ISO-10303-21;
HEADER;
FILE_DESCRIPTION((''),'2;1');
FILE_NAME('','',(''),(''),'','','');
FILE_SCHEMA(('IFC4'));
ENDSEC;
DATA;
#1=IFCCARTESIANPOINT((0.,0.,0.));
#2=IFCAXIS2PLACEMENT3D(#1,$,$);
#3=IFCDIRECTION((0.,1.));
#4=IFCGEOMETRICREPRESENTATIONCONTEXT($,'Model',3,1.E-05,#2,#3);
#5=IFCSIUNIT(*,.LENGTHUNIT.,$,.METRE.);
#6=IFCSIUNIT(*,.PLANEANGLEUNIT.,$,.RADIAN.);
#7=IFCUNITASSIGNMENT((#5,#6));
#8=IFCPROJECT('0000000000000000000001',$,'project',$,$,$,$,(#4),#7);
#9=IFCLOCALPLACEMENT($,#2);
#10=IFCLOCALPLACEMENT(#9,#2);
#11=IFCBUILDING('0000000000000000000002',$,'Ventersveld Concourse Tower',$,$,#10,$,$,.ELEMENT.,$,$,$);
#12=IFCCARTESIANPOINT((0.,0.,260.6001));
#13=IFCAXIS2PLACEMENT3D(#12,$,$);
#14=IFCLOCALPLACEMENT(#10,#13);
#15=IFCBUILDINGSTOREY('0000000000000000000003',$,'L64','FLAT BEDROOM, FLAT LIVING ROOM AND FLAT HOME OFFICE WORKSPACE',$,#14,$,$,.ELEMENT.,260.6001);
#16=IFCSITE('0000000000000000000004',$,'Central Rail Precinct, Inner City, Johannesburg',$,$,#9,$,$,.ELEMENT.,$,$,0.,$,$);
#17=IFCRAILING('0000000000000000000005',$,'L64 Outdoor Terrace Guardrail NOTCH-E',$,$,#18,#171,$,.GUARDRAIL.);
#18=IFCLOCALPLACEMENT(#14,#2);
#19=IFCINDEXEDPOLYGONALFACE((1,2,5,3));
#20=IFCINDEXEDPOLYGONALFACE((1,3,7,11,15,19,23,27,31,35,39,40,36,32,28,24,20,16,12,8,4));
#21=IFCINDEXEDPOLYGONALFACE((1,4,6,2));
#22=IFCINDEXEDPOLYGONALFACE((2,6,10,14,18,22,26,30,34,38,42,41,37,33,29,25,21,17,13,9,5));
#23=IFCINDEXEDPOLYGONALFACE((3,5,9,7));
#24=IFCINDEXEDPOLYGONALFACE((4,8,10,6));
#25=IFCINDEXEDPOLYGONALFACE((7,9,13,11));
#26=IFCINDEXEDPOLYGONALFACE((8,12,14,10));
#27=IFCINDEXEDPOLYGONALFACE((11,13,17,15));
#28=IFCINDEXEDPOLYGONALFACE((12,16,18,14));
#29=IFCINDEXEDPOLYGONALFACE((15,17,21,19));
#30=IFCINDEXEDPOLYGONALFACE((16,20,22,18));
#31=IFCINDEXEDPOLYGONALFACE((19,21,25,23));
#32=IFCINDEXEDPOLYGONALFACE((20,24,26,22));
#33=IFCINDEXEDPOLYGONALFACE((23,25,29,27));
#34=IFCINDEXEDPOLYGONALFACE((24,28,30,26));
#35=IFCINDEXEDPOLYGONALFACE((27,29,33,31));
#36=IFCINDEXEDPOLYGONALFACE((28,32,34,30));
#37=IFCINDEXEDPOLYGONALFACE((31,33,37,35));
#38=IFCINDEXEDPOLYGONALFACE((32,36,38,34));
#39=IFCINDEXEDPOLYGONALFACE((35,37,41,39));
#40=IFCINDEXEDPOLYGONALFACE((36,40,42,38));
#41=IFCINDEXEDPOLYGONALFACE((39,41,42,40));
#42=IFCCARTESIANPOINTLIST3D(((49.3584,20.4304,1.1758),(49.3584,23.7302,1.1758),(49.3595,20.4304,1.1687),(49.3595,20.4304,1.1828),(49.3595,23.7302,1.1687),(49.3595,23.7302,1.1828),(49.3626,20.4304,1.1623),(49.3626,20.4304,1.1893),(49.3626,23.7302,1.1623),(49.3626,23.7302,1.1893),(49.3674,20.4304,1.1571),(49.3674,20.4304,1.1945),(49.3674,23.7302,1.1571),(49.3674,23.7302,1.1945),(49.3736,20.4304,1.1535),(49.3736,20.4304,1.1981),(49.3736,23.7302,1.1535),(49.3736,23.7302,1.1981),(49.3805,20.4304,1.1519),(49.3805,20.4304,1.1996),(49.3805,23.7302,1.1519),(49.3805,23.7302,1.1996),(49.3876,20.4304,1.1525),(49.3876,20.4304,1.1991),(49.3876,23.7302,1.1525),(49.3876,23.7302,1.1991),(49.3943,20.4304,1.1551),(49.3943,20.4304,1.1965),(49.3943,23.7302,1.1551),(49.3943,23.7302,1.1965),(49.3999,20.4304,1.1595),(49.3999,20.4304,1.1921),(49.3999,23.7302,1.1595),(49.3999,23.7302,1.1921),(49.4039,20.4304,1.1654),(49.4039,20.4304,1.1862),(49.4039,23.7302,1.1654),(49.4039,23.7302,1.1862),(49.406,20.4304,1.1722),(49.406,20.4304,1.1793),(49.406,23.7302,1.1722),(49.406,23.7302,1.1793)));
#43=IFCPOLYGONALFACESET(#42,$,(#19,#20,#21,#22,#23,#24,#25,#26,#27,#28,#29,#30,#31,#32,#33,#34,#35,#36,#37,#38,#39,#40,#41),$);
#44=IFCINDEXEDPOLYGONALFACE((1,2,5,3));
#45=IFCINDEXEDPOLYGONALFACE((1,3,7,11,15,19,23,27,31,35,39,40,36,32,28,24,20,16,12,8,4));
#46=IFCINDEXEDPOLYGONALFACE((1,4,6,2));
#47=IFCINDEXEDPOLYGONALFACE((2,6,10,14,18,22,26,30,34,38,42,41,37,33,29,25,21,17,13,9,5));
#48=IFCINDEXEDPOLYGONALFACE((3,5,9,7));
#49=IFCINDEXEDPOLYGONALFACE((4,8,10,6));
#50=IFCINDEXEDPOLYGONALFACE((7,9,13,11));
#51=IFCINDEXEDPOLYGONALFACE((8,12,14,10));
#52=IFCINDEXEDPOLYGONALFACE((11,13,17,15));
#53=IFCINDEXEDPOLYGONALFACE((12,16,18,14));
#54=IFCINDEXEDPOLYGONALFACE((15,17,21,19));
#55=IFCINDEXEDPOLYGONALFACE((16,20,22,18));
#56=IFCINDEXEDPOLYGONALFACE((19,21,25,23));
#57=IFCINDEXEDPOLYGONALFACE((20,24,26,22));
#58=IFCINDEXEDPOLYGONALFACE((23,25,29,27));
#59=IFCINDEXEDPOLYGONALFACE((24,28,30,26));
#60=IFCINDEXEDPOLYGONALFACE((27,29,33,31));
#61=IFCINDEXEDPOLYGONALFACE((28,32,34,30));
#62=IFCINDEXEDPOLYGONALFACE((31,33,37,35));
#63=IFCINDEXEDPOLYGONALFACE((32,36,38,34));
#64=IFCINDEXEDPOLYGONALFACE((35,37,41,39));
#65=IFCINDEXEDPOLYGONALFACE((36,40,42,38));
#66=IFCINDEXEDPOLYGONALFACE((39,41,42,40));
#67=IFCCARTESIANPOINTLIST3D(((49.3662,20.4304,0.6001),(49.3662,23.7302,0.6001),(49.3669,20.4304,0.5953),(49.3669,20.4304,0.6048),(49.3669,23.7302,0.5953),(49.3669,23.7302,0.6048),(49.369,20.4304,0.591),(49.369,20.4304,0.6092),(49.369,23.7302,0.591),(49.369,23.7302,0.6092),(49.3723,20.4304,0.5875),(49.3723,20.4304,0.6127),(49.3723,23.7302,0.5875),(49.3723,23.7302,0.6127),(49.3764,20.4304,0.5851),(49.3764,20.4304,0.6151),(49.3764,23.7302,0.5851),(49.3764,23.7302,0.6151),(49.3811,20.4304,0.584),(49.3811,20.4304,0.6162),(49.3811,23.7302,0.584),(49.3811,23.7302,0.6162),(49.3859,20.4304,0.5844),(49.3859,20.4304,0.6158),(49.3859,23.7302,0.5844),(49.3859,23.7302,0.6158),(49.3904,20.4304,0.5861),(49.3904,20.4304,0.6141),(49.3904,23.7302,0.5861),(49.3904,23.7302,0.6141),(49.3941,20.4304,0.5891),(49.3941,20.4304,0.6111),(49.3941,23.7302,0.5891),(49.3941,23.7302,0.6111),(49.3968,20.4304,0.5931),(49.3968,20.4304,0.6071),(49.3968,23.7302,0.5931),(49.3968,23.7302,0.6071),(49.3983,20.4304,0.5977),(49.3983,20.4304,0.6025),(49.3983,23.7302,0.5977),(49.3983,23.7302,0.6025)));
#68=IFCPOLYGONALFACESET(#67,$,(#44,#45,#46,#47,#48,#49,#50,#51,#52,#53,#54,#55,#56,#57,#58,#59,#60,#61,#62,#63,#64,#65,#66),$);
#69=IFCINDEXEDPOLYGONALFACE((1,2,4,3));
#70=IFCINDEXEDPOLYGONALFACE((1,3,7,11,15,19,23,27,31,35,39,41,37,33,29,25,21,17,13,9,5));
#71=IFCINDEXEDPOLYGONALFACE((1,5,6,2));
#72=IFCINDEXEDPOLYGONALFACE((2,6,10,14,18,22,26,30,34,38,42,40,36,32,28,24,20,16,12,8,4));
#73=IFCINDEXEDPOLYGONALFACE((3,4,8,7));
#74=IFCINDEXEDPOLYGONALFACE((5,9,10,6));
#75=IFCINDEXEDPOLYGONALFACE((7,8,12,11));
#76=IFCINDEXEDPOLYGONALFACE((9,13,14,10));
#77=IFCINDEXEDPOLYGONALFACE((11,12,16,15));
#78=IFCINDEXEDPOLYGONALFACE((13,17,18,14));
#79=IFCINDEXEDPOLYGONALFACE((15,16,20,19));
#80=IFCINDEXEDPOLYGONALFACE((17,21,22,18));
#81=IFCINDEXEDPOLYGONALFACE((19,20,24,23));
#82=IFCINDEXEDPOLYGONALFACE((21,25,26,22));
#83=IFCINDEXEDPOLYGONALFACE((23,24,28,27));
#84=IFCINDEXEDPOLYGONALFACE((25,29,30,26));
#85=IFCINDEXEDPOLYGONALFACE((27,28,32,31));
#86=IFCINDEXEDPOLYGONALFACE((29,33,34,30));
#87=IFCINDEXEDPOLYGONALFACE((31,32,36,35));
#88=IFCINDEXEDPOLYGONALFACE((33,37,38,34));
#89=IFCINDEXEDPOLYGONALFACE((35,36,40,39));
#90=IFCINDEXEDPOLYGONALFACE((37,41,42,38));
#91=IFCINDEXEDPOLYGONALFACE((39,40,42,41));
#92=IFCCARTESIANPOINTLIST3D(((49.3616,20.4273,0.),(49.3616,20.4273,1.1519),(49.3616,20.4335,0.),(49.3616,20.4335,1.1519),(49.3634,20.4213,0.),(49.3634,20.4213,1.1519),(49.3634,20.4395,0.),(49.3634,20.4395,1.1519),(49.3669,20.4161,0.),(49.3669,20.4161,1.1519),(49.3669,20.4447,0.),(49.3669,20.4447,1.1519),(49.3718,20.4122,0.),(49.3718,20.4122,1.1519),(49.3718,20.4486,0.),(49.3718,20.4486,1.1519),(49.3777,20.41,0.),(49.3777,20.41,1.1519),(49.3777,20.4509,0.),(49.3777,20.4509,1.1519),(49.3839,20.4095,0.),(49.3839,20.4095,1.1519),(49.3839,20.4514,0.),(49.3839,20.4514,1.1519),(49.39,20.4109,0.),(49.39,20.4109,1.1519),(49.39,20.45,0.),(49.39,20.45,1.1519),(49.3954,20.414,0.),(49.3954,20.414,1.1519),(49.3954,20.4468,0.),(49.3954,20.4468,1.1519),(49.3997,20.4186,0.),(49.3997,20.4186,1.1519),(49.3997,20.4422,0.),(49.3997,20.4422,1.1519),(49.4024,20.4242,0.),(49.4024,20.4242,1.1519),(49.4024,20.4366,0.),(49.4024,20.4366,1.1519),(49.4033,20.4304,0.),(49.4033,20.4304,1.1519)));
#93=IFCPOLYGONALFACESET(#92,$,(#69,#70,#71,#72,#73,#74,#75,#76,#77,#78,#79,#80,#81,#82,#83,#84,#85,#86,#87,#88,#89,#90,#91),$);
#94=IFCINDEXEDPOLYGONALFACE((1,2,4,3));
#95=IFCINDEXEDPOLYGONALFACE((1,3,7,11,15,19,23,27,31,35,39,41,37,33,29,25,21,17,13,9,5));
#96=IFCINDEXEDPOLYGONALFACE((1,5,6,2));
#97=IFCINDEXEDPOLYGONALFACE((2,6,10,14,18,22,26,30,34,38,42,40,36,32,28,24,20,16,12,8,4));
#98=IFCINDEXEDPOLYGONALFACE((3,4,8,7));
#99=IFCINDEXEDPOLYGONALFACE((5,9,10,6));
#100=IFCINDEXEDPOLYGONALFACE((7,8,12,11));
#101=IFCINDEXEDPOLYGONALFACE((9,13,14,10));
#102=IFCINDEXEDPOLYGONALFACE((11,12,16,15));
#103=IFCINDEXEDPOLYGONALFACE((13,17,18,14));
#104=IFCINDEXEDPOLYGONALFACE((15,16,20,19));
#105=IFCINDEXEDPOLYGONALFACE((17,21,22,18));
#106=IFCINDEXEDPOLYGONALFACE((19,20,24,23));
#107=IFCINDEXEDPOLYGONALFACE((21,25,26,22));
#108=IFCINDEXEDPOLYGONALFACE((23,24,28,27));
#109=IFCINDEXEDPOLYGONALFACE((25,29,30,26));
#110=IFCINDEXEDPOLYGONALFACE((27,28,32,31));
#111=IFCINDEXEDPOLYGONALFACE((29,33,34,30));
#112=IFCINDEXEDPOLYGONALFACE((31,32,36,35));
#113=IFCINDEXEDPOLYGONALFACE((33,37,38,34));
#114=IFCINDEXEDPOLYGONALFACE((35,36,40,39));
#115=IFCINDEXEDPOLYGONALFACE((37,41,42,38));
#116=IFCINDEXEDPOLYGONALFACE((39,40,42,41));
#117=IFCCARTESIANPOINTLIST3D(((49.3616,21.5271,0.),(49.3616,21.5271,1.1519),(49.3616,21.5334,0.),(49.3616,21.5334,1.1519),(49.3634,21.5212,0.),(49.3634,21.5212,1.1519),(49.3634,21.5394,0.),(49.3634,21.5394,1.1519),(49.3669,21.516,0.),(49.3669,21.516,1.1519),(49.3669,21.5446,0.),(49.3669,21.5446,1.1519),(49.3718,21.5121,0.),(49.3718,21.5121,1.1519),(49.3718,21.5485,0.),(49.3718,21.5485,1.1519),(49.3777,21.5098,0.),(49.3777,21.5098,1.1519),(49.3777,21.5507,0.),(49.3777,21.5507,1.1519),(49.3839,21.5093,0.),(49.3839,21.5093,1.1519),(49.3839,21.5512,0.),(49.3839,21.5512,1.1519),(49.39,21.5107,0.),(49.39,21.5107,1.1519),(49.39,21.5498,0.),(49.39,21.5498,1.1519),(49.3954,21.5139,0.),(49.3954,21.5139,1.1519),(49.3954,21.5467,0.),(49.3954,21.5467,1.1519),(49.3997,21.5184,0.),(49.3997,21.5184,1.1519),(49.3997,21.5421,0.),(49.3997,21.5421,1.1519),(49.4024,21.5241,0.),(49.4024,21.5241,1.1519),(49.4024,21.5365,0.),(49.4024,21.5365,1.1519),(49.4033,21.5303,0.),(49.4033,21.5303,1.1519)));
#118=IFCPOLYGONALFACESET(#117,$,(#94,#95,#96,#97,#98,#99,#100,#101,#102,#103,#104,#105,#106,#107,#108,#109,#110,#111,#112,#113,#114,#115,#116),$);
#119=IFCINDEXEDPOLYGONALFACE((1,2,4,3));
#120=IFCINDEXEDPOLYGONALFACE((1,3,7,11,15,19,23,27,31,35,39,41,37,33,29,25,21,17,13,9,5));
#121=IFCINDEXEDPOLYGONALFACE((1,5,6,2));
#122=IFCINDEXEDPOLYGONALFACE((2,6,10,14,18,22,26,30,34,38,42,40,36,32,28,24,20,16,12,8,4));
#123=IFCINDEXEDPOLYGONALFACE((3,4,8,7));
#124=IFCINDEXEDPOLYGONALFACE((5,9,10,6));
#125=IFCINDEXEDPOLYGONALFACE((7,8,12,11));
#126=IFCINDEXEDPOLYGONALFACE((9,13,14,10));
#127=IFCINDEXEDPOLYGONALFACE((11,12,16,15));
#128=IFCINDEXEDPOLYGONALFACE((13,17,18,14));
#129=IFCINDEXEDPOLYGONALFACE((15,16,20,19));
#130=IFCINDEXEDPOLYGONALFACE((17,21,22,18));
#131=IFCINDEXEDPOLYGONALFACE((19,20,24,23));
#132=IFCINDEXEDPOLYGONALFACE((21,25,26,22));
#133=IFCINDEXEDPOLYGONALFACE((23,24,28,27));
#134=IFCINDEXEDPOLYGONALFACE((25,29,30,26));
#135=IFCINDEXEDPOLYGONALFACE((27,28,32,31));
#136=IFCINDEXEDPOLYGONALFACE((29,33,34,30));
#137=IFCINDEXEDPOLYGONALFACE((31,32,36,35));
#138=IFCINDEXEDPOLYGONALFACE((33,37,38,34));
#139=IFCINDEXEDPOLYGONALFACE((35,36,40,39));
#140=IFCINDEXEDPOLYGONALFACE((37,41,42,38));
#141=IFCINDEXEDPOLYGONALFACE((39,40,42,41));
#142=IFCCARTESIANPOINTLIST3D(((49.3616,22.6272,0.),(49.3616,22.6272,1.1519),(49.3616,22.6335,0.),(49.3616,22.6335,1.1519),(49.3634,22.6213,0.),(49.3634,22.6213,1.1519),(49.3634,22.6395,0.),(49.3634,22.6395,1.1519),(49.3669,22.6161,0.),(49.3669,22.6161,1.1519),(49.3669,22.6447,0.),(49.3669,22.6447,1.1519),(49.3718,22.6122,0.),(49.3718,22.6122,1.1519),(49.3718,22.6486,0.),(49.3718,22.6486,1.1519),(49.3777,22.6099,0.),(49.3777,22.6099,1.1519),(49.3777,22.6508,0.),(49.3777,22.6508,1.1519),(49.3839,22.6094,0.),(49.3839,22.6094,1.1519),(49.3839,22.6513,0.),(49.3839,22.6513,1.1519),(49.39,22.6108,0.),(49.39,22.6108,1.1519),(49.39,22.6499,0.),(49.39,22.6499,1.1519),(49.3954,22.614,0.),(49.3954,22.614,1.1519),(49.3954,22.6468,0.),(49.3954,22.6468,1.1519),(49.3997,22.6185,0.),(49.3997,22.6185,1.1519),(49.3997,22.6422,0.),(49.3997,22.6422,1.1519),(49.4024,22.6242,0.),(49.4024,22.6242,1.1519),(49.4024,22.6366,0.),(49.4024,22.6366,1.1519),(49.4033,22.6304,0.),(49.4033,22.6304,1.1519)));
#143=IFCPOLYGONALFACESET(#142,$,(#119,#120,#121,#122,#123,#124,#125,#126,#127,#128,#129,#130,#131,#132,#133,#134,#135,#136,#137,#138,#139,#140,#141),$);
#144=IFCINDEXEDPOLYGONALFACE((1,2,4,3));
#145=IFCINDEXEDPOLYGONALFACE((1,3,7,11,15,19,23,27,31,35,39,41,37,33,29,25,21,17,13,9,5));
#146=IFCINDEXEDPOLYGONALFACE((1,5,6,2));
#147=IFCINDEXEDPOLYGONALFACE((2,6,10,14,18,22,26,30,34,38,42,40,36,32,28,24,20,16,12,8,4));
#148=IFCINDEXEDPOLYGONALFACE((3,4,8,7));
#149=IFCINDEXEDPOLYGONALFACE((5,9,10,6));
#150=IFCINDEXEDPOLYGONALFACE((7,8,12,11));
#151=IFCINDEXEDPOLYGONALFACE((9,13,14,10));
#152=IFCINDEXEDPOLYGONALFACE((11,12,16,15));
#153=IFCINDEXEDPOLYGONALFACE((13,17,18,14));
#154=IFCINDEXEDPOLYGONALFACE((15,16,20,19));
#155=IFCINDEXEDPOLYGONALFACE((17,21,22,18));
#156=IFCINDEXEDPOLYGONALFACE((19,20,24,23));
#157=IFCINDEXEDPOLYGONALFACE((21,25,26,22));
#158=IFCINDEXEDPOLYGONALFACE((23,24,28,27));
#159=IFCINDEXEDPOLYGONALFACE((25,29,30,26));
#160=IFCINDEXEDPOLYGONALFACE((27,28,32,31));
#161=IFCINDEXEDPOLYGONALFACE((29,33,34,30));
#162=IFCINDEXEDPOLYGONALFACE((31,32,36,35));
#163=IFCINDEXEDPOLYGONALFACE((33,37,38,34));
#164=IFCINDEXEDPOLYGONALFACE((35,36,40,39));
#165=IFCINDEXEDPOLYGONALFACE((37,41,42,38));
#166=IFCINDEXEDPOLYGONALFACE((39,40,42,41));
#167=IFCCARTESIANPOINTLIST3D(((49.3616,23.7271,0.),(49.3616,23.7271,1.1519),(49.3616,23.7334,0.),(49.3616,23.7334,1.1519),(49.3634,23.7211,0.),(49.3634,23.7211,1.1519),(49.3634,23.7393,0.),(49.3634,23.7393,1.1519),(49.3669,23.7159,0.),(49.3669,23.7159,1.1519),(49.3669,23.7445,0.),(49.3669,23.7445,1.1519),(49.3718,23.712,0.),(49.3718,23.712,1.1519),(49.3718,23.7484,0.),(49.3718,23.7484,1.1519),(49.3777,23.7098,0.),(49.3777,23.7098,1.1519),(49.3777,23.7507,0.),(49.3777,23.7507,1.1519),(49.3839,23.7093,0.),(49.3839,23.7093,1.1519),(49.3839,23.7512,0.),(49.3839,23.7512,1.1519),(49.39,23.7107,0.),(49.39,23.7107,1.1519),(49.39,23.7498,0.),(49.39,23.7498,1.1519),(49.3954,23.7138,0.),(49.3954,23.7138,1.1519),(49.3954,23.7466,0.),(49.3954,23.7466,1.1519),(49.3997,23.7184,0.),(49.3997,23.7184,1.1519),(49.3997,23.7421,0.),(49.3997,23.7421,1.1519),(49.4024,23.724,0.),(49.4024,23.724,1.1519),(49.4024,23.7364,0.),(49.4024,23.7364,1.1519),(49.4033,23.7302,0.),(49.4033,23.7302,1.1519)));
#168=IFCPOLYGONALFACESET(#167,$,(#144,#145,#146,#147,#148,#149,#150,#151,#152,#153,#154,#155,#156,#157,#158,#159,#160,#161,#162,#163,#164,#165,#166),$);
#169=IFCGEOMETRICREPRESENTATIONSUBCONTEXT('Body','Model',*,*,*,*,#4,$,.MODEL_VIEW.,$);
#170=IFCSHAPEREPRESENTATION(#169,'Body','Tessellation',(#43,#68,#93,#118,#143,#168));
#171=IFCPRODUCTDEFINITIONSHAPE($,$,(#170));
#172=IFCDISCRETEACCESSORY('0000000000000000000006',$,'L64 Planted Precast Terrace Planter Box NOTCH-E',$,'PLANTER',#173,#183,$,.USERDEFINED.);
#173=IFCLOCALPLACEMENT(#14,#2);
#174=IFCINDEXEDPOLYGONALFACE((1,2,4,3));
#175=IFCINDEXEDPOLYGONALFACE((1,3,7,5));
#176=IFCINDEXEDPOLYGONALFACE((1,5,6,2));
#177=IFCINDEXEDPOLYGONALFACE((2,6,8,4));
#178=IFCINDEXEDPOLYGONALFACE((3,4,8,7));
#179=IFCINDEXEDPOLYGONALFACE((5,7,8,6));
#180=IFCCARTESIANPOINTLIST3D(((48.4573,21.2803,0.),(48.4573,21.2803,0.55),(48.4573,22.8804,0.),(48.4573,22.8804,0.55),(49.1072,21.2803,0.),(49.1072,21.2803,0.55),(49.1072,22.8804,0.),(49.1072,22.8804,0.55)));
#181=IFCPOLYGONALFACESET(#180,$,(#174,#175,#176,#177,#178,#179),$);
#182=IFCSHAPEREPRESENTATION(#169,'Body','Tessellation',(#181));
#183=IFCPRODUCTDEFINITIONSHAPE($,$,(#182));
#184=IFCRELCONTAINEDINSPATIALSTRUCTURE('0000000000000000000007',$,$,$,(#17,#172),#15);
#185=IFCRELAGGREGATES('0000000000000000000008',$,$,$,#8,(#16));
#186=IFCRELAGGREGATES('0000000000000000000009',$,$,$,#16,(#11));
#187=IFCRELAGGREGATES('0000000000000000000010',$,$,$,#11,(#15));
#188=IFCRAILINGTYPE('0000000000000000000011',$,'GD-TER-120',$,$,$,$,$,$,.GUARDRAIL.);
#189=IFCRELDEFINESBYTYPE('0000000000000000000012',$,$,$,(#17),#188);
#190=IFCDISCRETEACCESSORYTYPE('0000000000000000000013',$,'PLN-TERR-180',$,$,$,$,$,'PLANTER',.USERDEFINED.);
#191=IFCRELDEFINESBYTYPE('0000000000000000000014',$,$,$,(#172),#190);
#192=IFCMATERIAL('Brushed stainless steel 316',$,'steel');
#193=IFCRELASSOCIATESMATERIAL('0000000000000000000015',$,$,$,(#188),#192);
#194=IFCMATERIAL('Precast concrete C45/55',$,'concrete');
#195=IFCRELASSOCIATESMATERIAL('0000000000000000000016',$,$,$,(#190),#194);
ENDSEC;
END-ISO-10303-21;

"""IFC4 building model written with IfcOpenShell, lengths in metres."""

from ifc_helpers import new_model, si_unit, direction, frame, origin, origin_2d, place, context, subcontext, project, spatial, rectangle, circle, extrude, material, type_object, element, save


model = new_model("IFC4")

# Units and contexts
model_context = context("Model", 3, precision=1e-05, world=origin(), true_north=direction((0.0, 1.0)))
body_context = subcontext(model_context, "Body", "Model", "MODEL_VIEW")
ifc_project = project(units=[si_unit("LENGTHUNIT", "METRE"), si_unit("PLANEANGLEUNIT", "RADIAN")], contexts=[model_context])

# Site, building, storey
site_placement = place(None, origin())
site = spatial("IfcSite", under=ifc_project, at=site_placement, Name="Central Rail Precinct, Inner City, Johannesburg", CompositionType="ELEMENT", RefElevation=0.0)
building_placement = place(site_placement, origin())
building = spatial("IfcBuilding", under=site, at=building_placement, Name="Ventersveld Concourse Tower", CompositionType="ELEMENT")
storey_placement = place(building_placement, frame((0.0, 0.0, 260.6001)))
storey = spatial("IfcBuildingStorey", under=building, at=storey_placement, Name="L64", Description="FLAT BEDROOM, FLAT LIVING ROOM AND FLAT HOME OFFICE WORKSPACE", CompositionType="ELEMENT", Elevation=260.6001)

# Shared definitions
ifc_material_1 = material(Name="Precast concrete C45/55", Category="concrete")

# Railing
ifc_material_2 = material(Name="Brushed stainless steel 316", Category="steel")
railing_type = type_object("IfcRailingType", Name="GD-TER-120", PredefinedType="GUARDRAIL", material=ifc_material_2)
railing_placement = place(storey_placement, frame((49.3823, 20.4304, 0.0)))
element("IfcRailing", 1, at=railing_placement, inside=storey, type_object=railing_type, Name="L64 Outdoor Terrace Guardrail NOTCH-E", PredefinedType="GUARDRAIL", context=body_context, shape_type="SweptSolid", body=[
    extrude(circle(Radius=0.0239, at=origin_2d()), frame((0.0, 0.0, 1.1758), z_axis=(0.0, 1.0, 0.0), x_axis=(-1.0, 0.0, 0.0)), (0.0, 0.0, 1.0), 3.2998),
    extrude(circle(Radius=0.0161, at=origin_2d()), frame((0.0, 0.0, 0.6001), z_axis=(0.0, 1.0, 0.0), x_axis=(-1.0, 0.0, 0.0)), (0.0, 0.0, 1.0), 3.2998),
    extrude(circle(Radius=0.021, at=origin_2d()), origin(), (0.0, 0.0, 1.0), 1.1519),
    extrude(circle(Radius=0.021, at=origin_2d()), frame((0.0, 1.0999, 0.0)), (0.0, 0.0, 1.0), 1.1519),
    extrude(circle(Radius=0.021, at=origin_2d()), frame((0.0, 2.2, 0.0)), (0.0, 0.0, 1.0), 1.1519),
    extrude(circle(Radius=0.021, at=origin_2d()), frame((0.0, 3.2998, 0.0)), (0.0, 0.0, 1.0), 1.1519),
])

# Discrete accessory
discrete_accessory_type = type_object("IfcDiscreteAccessoryType", Name="PLN-TERR-180", ElementType="PLANTER", PredefinedType="USERDEFINED", material=ifc_material_1)
discrete_accessory_placement = place(storey_placement, frame((48.7822, 22.0803, 0.0), z_axis=(0.0, 0.0, 1.0), x_axis=(0.0, 1.0, 0.0)))
element("IfcDiscreteAccessory", 2, at=discrete_accessory_placement, inside=storey, type_object=discrete_accessory_type, Name="L64 Planted Precast Terrace Planter Box NOTCH-E", ObjectType="PLANTER", PredefinedType="USERDEFINED", context=body_context, shape_type="SweptSolid", body=[
    extrude(rectangle(XDim=1.6001, YDim=0.6499, at=origin_2d()), origin(), (0.0, 0.0, 1.0), 0.55),
])

save(model, "model.ifc")
